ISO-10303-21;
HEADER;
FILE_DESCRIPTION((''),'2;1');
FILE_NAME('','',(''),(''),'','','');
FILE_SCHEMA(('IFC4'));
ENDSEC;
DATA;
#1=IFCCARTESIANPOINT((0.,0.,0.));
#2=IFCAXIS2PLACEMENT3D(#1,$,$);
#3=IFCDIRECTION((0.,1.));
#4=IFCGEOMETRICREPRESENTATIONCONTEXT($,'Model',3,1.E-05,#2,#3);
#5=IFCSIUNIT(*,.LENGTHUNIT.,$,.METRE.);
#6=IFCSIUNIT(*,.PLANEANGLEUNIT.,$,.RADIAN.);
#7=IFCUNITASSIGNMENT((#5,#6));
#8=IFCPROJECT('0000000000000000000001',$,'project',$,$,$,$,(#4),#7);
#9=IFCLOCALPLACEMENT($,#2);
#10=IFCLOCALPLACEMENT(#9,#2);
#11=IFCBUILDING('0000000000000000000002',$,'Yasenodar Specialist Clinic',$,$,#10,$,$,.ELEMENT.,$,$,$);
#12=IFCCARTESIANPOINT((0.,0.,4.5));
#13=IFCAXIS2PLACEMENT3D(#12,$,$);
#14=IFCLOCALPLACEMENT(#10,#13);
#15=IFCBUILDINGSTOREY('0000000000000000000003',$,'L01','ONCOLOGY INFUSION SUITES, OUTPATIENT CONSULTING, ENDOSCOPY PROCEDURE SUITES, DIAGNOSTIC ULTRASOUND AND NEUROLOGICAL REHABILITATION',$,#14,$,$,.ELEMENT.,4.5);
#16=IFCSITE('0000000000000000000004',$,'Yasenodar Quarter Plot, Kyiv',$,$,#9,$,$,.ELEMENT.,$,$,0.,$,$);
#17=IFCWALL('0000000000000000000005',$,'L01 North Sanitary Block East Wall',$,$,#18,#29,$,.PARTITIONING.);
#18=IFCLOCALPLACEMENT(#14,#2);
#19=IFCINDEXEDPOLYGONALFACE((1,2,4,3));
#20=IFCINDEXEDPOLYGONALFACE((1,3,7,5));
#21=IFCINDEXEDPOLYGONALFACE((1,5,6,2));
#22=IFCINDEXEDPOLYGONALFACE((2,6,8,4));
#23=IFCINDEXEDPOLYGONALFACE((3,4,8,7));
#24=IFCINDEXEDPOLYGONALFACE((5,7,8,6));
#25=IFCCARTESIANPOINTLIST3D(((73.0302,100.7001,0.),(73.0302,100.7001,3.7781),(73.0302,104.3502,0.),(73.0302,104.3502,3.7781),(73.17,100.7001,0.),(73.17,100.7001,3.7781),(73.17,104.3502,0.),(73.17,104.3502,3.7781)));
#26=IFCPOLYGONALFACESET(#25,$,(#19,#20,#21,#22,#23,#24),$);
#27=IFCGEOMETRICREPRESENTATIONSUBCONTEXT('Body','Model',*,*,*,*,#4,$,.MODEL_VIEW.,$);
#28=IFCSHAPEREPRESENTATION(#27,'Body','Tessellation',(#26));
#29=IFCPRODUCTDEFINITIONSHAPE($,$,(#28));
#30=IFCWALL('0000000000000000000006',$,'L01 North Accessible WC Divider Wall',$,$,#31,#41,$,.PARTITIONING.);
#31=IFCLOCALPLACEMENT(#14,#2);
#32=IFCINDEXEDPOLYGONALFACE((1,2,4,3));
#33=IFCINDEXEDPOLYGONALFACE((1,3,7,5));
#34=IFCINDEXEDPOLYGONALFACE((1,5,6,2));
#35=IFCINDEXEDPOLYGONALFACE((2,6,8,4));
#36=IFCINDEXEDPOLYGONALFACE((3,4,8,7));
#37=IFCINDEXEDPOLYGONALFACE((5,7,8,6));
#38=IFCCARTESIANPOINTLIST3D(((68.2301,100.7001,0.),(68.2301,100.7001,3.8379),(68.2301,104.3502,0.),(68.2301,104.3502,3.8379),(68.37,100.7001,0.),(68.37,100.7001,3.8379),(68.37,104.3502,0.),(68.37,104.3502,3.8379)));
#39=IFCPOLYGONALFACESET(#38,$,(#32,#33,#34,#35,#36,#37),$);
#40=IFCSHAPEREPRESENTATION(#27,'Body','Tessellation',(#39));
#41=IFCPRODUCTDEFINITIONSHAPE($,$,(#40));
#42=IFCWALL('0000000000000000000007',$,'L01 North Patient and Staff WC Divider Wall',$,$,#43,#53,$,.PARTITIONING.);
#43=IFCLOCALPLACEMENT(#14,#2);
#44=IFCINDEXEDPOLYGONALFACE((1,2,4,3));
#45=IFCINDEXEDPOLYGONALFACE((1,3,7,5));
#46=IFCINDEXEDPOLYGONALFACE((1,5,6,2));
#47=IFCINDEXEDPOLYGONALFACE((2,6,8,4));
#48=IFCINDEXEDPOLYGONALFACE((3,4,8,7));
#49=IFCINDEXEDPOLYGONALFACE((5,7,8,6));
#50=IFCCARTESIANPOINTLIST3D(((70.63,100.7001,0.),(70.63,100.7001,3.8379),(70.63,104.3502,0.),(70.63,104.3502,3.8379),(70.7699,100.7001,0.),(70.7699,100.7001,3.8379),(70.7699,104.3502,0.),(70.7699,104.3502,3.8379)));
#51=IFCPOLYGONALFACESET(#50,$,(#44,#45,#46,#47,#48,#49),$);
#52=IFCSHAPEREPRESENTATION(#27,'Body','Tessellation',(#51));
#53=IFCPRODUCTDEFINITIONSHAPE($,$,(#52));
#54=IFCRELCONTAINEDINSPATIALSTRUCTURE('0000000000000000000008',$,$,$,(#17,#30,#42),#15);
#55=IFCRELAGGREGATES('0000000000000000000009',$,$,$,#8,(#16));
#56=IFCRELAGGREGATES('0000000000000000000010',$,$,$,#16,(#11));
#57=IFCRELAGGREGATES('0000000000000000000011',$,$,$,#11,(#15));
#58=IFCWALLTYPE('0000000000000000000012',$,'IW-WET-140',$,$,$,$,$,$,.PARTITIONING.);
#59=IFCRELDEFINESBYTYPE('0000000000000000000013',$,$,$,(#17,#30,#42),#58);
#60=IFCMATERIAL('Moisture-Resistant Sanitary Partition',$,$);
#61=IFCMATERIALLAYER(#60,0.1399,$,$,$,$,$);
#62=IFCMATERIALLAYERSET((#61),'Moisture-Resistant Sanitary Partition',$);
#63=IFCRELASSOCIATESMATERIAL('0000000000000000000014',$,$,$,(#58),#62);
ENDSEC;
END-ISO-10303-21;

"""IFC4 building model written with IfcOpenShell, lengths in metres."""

from ifc_helpers import new_model, si_unit, direction, frame, frame_2d, origin, place, context, subcontext, project, spatial, rectangle, extrude, material, layer, layer_set, type_object, element, save


model = new_model("IFC4")

# Units and contexts
model_context = context("Model", 3, precision=1e-05, world=origin(), true_north=direction((0.0, 1.0)))
body_context = subcontext(model_context, "Body", "Model", "MODEL_VIEW")
ifc_project = project(units=[si_unit("LENGTHUNIT", "METRE"), si_unit("PLANEANGLEUNIT", "RADIAN")], contexts=[model_context])

# Site, building, storey
site_placement = place(None, origin())
site = spatial("IfcSite", under=ifc_project, at=site_placement, Name="Yasenodar Quarter Plot, Kyiv", CompositionType="ELEMENT", RefElevation=0.0)
building_placement = place(site_placement, origin())
building = spatial("IfcBuilding", under=site, at=building_placement, Name="Yasenodar Specialist Clinic", CompositionType="ELEMENT")
storey_placement = place(building_placement, frame((0.0, 0.0, 4.5)))
storey = spatial("IfcBuildingStorey", under=building, at=storey_placement, Name="L01", Description="ONCOLOGY INFUSION SUITES, OUTPATIENT CONSULTING, ENDOSCOPY PROCEDURE SUITES, DIAGNOSTIC ULTRASOUND AND NEUROLOGICAL REHABILITATION", CompositionType="ELEMENT", Elevation=4.5)

# Walls
ifc_material_1 = material(Name="Moisture-Resistant Sanitary Partition")
ifc_layer_1 = layer(ifc_material_1, 0.1399)
ifc_layer_set_1 = layer_set([ifc_layer_1], Name="Moisture-Resistant Sanitary Partition")
wall_type_1 = type_object("IfcWallType", Name="IW-WET-140", PredefinedType="PARTITIONING", material=ifc_layer_set_1)
wall_1_placement = place(storey_placement, frame((73.1001, 100.7, 0.0), z_axis=(0.0, 0.0, 1.0), x_axis=(0.0, 1.0, 0.0)))
element("IfcWall", 1, at=wall_1_placement, inside=storey, type_object=wall_type_1, Name="L01 North Sanitary Block East Wall", PredefinedType="PARTITIONING", context=body_context, shape_type="SweptSolid", body=[
    extrude(rectangle(XDim=3.6501, YDim=0.1399, at=frame_2d((1.8252, 0.0))), origin(), (0.0, 0.0, 1.0), 3.7781),
])
for number, where, z_axis, x_axis, name in (
    (2, (68.3, 100.7, 0.0), (0.0, 0.0, 1.0), (0.0, 1.0, 0.0), "L01 North Accessible WC Divider Wall"),
    (3, (70.7, 100.7, 0.0), (0.0, 0.0, 1.0), (0.0, 1.0, 0.0), "L01 North Patient and Staff WC Divider Wall"),
):
    element("IfcWall", number, at=place(storey_placement, frame(where, z_axis=z_axis, x_axis=x_axis)), inside=storey, type_object=wall_type_1, Name=name, PredefinedType="PARTITIONING", context=body_context, shape_type="SweptSolid", body=[
        extrude(rectangle(XDim=3.6501, YDim=0.1399, at=frame_2d((1.8252, 0.0))), origin(), (0.0, 0.0, 1.0), 3.8379),
    ])

save(model, "model.ifc")
